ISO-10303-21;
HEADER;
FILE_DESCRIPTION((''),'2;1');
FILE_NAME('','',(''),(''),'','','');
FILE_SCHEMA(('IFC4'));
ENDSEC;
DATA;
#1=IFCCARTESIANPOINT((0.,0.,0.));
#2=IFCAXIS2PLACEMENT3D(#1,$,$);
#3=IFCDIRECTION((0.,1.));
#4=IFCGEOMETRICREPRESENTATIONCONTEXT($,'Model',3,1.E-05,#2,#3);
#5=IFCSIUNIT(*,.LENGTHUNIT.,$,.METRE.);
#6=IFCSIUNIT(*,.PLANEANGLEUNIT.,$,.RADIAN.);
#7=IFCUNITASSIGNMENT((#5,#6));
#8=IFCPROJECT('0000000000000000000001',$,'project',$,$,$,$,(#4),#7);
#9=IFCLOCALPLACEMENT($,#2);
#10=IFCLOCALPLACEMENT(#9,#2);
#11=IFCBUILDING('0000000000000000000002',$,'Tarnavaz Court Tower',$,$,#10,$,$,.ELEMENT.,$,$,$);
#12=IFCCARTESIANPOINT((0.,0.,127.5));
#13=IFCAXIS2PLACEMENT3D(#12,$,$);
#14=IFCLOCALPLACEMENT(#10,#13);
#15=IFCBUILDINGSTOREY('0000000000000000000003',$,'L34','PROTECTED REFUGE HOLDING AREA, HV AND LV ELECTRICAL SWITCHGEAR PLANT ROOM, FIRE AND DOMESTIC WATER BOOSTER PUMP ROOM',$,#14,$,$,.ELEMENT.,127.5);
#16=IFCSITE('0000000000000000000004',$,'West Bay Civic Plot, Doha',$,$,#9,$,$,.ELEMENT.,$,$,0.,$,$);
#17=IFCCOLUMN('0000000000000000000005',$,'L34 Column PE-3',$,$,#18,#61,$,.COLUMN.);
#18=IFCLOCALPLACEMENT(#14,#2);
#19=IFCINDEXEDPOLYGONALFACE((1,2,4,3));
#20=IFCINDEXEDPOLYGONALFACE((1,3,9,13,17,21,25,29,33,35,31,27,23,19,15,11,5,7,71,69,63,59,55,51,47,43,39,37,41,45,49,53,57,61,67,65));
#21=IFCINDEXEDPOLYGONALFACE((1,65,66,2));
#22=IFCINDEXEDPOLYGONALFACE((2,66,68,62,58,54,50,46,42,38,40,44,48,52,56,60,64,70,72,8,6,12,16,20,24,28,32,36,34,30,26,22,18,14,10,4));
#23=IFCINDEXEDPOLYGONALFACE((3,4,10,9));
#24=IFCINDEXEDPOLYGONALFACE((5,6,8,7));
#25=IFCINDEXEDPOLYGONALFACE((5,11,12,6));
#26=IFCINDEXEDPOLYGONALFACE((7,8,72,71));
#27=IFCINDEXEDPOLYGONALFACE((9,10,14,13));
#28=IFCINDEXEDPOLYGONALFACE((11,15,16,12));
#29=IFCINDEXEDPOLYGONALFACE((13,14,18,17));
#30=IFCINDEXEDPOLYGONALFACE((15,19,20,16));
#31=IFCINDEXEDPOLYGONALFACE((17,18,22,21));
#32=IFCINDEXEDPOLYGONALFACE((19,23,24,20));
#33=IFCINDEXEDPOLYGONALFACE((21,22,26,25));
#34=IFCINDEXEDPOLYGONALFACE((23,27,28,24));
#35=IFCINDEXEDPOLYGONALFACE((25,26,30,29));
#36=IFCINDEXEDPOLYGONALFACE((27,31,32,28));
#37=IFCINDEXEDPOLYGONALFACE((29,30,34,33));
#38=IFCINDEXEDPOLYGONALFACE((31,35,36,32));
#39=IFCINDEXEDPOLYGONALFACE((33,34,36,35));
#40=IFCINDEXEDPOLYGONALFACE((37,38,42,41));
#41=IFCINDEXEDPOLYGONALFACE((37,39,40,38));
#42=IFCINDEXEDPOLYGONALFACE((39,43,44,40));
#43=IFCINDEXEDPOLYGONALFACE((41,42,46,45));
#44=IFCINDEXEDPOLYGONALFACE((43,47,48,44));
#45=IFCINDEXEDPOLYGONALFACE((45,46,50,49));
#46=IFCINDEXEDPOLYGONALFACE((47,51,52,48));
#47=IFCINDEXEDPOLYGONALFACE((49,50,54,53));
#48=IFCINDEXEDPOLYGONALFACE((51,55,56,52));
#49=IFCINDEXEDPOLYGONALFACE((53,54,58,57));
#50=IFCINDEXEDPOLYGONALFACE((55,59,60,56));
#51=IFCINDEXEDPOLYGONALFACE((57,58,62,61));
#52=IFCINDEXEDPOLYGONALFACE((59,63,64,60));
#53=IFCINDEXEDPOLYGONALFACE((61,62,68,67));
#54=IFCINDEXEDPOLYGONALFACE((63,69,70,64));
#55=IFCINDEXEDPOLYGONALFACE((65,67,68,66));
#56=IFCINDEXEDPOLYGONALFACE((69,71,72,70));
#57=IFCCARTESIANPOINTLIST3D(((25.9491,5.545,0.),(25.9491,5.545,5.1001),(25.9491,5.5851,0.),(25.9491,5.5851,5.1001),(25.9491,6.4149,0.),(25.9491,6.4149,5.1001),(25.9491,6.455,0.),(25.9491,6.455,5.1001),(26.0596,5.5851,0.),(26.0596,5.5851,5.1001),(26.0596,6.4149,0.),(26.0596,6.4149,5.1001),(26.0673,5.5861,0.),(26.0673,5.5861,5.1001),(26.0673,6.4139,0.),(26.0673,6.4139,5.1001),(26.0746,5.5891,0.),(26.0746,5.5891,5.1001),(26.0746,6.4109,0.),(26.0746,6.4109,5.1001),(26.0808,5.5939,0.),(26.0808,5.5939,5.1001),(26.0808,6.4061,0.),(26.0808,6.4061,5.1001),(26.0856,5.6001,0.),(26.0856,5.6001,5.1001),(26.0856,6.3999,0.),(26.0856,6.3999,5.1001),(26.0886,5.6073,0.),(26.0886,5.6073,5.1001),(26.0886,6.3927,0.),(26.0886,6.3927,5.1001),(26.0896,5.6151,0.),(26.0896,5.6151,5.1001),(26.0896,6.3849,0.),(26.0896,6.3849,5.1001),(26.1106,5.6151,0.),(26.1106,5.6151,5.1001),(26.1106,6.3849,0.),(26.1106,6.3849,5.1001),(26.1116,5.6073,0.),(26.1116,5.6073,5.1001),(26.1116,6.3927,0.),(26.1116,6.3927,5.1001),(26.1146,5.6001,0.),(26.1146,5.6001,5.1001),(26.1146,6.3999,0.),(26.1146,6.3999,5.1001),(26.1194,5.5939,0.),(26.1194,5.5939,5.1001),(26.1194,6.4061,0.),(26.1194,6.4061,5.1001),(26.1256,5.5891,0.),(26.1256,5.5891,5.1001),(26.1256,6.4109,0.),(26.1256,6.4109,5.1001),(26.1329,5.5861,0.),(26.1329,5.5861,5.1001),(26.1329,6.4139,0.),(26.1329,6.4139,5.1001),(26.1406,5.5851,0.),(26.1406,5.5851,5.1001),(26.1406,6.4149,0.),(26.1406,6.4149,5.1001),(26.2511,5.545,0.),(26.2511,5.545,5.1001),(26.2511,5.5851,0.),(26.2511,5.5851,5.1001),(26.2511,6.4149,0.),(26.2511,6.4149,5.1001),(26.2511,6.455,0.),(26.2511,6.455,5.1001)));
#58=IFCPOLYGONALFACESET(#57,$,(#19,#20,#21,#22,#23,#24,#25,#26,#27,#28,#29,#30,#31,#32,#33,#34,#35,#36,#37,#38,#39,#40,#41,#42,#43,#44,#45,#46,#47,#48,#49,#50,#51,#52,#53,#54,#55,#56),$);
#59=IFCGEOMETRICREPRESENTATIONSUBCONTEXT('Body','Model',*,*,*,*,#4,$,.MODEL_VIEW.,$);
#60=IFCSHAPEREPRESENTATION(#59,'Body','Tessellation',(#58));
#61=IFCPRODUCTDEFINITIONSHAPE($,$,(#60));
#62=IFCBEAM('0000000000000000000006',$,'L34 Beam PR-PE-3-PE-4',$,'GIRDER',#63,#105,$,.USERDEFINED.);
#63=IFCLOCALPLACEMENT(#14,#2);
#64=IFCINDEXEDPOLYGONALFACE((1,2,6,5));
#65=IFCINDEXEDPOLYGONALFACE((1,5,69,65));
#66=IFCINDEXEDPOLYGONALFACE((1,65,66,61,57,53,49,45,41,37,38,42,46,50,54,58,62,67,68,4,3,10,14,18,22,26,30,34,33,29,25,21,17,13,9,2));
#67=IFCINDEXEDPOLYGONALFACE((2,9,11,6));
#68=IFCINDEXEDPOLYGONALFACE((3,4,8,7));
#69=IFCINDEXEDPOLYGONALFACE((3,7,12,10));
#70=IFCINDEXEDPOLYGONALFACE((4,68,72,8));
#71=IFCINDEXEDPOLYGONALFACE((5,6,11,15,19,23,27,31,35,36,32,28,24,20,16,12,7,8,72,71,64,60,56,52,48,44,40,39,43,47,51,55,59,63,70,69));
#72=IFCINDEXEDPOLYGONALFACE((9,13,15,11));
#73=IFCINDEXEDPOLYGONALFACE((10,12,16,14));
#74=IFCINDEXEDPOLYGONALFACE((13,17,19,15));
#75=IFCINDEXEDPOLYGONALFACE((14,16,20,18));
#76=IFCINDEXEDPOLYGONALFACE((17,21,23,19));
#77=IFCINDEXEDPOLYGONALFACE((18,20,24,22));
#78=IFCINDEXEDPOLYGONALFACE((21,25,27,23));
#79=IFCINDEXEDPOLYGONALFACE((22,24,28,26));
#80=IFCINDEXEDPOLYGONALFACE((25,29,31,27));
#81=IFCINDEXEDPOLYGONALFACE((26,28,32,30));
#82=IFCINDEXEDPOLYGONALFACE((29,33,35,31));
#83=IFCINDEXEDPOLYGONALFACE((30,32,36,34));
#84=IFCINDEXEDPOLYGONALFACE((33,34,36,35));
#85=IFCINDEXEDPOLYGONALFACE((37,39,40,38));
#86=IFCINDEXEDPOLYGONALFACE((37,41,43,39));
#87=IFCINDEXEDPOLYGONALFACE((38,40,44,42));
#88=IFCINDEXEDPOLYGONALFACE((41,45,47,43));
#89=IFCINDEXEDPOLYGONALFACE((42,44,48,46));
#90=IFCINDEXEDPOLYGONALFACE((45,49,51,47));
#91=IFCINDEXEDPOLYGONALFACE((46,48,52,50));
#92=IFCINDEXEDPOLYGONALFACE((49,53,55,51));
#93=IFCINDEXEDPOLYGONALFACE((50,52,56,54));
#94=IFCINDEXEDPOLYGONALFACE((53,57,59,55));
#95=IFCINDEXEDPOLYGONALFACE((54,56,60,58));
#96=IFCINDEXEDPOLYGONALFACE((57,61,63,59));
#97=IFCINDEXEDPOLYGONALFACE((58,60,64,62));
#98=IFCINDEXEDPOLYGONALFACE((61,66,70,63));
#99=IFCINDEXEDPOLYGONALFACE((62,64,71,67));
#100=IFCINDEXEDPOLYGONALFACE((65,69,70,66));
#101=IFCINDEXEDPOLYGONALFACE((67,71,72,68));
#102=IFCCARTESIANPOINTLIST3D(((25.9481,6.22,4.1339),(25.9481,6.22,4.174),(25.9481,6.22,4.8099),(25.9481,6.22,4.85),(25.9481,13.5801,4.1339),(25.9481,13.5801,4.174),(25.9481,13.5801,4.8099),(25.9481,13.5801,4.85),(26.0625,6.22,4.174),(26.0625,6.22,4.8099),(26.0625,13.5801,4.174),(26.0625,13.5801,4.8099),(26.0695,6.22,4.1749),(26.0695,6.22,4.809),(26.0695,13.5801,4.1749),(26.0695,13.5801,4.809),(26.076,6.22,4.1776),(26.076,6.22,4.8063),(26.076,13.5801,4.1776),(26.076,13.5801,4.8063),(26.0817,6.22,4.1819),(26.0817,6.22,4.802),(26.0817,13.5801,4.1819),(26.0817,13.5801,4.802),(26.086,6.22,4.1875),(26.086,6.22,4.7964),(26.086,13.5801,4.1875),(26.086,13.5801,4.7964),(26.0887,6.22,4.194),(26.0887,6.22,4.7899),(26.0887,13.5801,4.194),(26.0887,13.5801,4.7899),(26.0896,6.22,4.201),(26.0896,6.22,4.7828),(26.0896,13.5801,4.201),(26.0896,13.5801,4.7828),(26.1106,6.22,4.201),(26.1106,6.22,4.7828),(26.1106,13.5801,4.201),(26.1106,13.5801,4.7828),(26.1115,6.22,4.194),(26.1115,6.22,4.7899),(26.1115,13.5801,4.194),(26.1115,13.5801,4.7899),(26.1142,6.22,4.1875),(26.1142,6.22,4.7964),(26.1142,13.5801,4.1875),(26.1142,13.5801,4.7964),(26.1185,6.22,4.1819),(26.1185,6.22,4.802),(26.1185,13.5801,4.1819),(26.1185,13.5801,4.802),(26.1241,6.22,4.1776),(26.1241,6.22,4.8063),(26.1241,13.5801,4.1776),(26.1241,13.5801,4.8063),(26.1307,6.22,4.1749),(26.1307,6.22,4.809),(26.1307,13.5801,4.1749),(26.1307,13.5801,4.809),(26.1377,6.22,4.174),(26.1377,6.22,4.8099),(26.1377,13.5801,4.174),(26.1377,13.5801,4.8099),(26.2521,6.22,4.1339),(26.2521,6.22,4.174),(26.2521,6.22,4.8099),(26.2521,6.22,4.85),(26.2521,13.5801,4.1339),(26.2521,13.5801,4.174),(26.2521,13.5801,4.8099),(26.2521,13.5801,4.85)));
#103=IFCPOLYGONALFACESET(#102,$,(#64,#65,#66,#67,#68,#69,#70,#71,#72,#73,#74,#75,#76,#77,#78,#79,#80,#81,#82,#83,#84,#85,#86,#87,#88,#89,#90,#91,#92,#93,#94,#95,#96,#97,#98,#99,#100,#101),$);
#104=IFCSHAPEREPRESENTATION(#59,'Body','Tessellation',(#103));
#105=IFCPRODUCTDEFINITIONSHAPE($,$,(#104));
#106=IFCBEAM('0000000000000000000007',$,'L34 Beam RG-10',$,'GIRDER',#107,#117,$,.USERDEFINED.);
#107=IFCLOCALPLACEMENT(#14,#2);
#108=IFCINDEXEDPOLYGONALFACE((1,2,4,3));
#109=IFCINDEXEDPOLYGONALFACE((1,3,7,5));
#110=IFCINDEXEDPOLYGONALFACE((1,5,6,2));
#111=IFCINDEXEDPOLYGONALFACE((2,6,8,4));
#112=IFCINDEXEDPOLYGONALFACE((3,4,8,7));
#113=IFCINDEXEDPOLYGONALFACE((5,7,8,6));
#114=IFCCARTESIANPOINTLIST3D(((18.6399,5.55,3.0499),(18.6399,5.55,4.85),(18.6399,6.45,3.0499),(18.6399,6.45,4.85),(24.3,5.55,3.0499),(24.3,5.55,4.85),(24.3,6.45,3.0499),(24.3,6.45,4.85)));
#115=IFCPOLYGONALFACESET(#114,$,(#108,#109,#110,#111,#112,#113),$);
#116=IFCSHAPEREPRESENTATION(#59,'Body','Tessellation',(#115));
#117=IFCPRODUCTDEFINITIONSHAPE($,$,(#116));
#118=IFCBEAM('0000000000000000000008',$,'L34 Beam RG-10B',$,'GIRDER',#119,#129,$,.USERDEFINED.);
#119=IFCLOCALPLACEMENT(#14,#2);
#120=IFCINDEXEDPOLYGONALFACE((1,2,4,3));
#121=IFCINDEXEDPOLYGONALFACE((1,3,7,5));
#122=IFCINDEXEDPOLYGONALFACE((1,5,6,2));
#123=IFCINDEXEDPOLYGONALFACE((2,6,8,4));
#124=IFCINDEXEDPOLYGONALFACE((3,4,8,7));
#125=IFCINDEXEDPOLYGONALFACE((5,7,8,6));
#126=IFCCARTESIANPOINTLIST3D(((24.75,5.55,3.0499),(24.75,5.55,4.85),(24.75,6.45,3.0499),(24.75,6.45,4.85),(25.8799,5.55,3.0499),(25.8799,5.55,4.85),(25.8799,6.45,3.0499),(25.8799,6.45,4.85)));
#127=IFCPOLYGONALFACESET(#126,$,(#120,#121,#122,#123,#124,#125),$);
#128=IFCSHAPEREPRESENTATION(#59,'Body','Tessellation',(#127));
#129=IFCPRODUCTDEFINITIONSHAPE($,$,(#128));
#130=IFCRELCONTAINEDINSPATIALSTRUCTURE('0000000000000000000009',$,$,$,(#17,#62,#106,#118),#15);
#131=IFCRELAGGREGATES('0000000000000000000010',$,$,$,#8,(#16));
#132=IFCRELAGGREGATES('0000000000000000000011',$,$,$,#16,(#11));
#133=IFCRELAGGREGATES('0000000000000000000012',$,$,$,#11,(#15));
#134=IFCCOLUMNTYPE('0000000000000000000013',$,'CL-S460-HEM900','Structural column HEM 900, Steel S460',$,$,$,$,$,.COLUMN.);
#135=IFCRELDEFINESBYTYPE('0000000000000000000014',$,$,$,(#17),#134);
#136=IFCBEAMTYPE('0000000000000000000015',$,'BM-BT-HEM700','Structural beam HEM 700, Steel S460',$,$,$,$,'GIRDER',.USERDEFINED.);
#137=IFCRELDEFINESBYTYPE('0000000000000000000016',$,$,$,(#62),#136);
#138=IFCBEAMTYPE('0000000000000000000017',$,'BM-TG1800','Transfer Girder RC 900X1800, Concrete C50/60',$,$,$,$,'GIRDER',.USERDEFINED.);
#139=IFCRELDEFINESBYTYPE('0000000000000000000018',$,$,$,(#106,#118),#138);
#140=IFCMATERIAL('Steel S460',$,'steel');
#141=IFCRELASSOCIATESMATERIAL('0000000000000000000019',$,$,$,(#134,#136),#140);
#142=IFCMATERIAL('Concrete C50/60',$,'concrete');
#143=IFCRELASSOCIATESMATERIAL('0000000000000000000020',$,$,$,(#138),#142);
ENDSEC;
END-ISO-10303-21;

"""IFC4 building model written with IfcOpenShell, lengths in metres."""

from ifc_helpers import new_model, si_unit, direction, frame, origin, origin_2d, place, context, subcontext, project, spatial, rectangle, i_section, extrude, material, material_profile, profile_set, type_object, element, save


model = new_model("IFC4")

# Units and contexts
model_context = context("Model", 3, precision=1e-05, world=origin(), true_north=direction((0.0, 1.0)))
body_context = subcontext(model_context, "Body", "Model", "MODEL_VIEW")
ifc_project = project(units=[si_unit("LENGTHUNIT", "METRE"), si_unit("PLANEANGLEUNIT", "RADIAN")], contexts=[model_context])

# Site, building, storey
site_placement = place(None, origin())
site = spatial("IfcSite", under=ifc_project, at=site_placement, Name="West Bay Civic Plot, Doha", CompositionType="ELEMENT", RefElevation=0.0)
building_placement = place(site_placement, origin())
building = spatial("IfcBuilding", under=site, at=building_placement, Name="Tarnavaz Court Tower", CompositionType="ELEMENT")
storey_placement = place(building_placement, frame((0.0, 0.0, 127.5)))
storey = spatial("IfcBuildingStorey", under=building, at=storey_placement, Name="L34", Description="PROTECTED REFUGE HOLDING AREA, HV AND LV ELECTRICAL SWITCHGEAR PLANT ROOM, FIRE AND DOMESTIC WATER BOOSTER PUMP ROOM", CompositionType="ELEMENT", Elevation=127.5)

# Column
ifc_material_1 = material(Name="Steel S460", Category="steel")
ifc_material_profile_1 = material_profile(ifc_material_1, i_section(OverallWidth=0.302, OverallDepth=0.9099, WebThickness=0.021, FlangeThickness=0.04, FilletRadius=0.03, at=origin_2d()), Name="HEM 900")
ifc_profile_set_1 = profile_set([ifc_material_profile_1], Name="Steel S460")
column_type = type_object("IfcColumnType", Name="CL-S460-HEM900", Description="Structural column HEM 900, Steel S460", PredefinedType="COLUMN", material=ifc_profile_set_1)
column_placement = place(storey_placement, frame((26.1001, 6.0, 0.0), z_axis=(0.0, 0.0, 1.0), x_axis=(1.0, 0.0, 0.0)))
element("IfcColumn", 1, at=column_placement, inside=storey, type_object=column_type, Name="L34 Column PE-3", PredefinedType="COLUMN", context=body_context, shape_type="SweptSolid", body=[
    extrude(i_section(OverallWidth=0.302, OverallDepth=0.9099, WebThickness=0.021, FlangeThickness=0.04, FilletRadius=0.03, at=origin_2d()), origin(), (0.0, 0.0, 1.0), 5.1001),
])

# Beams
ifc_material_profile_2 = material_profile(ifc_material_1, i_section(OverallWidth=0.304, OverallDepth=0.7161, WebThickness=0.021, FlangeThickness=0.04, FilletRadius=0.0271, at=origin_2d()), Name="HEM 700")
ifc_profile_set_2 = profile_set([ifc_material_profile_2], Name="Steel S460")
beam_type_1 = type_object("IfcBeamType", Name="BM-BT-HEM700", Description="Structural beam HEM 700, Steel S460", ElementType="GIRDER", PredefinedType="USERDEFINED", material=ifc_profile_set_2)
beam_1_placement = place(storey_placement, frame((26.1001, 6.22, 4.4919), z_axis=(0.0, 1.0, 0.0), x_axis=(-1.0, 0.0, 0.0)))
element("IfcBeam", 2, at=beam_1_placement, inside=storey, type_object=beam_type_1, Name="L34 Beam PR-PE-3-PE-4", ObjectType="GIRDER", PredefinedType="USERDEFINED", context=body_context, shape_type="SweptSolid", body=[
    extrude(i_section(OverallWidth=0.304, OverallDepth=0.7161, WebThickness=0.021, FlangeThickness=0.04, FilletRadius=0.0271, at=origin_2d()), origin(), (0.0, 0.0, 1.0), 7.3601),
])
ifc_material_2 = material(Name="Concrete C50/60", Category="concrete")
ifc_material_profile_3 = material_profile(ifc_material_2, rectangle(XDim=0.8999, YDim=1.8, at=origin_2d()), Name="RC 900X1800")
ifc_profile_set_3 = profile_set([ifc_material_profile_3], Name="Concrete C50/60")
beam_type_2 = type_object("IfcBeamType", Name="BM-TG1800", Description="Transfer Girder RC 900X1800, Concrete C50/60", ElementType="GIRDER", PredefinedType="USERDEFINED", material=ifc_profile_set_3)
beam_2_placement = place(storey_placement, frame((18.6399, 6.0, 3.95), z_axis=(1.0, 0.0, 0.0), x_axis=(0.0, 1.0, 0.0)))
element("IfcBeam", 3, at=beam_2_placement, inside=storey, type_object=beam_type_2, Name="L34 Beam RG-10", ObjectType="GIRDER", PredefinedType="USERDEFINED", context=body_context, shape_type="SweptSolid", body=[
    extrude(rectangle(XDim=0.8999, YDim=1.8, at=origin_2d()), origin(), (0.0, 0.0, 1.0), 5.6602),
])
beam_3_placement = place(storey_placement, frame((24.75, 6.0, 3.95), z_axis=(1.0, 0.0, 0.0), x_axis=(0.0, 1.0, 0.0)))
element("IfcBeam", 4, at=beam_3_placement, inside=storey, type_object=beam_type_2, Name="L34 Beam RG-10B", ObjectType="GIRDER", PredefinedType="USERDEFINED", context=body_context, shape_type="SweptSolid", body=[
    extrude(rectangle(XDim=0.8999, YDim=1.8, at=origin_2d()), origin(), (0.0, 0.0, 1.0), 1.1299),
])

save(model, "model.ifc")
